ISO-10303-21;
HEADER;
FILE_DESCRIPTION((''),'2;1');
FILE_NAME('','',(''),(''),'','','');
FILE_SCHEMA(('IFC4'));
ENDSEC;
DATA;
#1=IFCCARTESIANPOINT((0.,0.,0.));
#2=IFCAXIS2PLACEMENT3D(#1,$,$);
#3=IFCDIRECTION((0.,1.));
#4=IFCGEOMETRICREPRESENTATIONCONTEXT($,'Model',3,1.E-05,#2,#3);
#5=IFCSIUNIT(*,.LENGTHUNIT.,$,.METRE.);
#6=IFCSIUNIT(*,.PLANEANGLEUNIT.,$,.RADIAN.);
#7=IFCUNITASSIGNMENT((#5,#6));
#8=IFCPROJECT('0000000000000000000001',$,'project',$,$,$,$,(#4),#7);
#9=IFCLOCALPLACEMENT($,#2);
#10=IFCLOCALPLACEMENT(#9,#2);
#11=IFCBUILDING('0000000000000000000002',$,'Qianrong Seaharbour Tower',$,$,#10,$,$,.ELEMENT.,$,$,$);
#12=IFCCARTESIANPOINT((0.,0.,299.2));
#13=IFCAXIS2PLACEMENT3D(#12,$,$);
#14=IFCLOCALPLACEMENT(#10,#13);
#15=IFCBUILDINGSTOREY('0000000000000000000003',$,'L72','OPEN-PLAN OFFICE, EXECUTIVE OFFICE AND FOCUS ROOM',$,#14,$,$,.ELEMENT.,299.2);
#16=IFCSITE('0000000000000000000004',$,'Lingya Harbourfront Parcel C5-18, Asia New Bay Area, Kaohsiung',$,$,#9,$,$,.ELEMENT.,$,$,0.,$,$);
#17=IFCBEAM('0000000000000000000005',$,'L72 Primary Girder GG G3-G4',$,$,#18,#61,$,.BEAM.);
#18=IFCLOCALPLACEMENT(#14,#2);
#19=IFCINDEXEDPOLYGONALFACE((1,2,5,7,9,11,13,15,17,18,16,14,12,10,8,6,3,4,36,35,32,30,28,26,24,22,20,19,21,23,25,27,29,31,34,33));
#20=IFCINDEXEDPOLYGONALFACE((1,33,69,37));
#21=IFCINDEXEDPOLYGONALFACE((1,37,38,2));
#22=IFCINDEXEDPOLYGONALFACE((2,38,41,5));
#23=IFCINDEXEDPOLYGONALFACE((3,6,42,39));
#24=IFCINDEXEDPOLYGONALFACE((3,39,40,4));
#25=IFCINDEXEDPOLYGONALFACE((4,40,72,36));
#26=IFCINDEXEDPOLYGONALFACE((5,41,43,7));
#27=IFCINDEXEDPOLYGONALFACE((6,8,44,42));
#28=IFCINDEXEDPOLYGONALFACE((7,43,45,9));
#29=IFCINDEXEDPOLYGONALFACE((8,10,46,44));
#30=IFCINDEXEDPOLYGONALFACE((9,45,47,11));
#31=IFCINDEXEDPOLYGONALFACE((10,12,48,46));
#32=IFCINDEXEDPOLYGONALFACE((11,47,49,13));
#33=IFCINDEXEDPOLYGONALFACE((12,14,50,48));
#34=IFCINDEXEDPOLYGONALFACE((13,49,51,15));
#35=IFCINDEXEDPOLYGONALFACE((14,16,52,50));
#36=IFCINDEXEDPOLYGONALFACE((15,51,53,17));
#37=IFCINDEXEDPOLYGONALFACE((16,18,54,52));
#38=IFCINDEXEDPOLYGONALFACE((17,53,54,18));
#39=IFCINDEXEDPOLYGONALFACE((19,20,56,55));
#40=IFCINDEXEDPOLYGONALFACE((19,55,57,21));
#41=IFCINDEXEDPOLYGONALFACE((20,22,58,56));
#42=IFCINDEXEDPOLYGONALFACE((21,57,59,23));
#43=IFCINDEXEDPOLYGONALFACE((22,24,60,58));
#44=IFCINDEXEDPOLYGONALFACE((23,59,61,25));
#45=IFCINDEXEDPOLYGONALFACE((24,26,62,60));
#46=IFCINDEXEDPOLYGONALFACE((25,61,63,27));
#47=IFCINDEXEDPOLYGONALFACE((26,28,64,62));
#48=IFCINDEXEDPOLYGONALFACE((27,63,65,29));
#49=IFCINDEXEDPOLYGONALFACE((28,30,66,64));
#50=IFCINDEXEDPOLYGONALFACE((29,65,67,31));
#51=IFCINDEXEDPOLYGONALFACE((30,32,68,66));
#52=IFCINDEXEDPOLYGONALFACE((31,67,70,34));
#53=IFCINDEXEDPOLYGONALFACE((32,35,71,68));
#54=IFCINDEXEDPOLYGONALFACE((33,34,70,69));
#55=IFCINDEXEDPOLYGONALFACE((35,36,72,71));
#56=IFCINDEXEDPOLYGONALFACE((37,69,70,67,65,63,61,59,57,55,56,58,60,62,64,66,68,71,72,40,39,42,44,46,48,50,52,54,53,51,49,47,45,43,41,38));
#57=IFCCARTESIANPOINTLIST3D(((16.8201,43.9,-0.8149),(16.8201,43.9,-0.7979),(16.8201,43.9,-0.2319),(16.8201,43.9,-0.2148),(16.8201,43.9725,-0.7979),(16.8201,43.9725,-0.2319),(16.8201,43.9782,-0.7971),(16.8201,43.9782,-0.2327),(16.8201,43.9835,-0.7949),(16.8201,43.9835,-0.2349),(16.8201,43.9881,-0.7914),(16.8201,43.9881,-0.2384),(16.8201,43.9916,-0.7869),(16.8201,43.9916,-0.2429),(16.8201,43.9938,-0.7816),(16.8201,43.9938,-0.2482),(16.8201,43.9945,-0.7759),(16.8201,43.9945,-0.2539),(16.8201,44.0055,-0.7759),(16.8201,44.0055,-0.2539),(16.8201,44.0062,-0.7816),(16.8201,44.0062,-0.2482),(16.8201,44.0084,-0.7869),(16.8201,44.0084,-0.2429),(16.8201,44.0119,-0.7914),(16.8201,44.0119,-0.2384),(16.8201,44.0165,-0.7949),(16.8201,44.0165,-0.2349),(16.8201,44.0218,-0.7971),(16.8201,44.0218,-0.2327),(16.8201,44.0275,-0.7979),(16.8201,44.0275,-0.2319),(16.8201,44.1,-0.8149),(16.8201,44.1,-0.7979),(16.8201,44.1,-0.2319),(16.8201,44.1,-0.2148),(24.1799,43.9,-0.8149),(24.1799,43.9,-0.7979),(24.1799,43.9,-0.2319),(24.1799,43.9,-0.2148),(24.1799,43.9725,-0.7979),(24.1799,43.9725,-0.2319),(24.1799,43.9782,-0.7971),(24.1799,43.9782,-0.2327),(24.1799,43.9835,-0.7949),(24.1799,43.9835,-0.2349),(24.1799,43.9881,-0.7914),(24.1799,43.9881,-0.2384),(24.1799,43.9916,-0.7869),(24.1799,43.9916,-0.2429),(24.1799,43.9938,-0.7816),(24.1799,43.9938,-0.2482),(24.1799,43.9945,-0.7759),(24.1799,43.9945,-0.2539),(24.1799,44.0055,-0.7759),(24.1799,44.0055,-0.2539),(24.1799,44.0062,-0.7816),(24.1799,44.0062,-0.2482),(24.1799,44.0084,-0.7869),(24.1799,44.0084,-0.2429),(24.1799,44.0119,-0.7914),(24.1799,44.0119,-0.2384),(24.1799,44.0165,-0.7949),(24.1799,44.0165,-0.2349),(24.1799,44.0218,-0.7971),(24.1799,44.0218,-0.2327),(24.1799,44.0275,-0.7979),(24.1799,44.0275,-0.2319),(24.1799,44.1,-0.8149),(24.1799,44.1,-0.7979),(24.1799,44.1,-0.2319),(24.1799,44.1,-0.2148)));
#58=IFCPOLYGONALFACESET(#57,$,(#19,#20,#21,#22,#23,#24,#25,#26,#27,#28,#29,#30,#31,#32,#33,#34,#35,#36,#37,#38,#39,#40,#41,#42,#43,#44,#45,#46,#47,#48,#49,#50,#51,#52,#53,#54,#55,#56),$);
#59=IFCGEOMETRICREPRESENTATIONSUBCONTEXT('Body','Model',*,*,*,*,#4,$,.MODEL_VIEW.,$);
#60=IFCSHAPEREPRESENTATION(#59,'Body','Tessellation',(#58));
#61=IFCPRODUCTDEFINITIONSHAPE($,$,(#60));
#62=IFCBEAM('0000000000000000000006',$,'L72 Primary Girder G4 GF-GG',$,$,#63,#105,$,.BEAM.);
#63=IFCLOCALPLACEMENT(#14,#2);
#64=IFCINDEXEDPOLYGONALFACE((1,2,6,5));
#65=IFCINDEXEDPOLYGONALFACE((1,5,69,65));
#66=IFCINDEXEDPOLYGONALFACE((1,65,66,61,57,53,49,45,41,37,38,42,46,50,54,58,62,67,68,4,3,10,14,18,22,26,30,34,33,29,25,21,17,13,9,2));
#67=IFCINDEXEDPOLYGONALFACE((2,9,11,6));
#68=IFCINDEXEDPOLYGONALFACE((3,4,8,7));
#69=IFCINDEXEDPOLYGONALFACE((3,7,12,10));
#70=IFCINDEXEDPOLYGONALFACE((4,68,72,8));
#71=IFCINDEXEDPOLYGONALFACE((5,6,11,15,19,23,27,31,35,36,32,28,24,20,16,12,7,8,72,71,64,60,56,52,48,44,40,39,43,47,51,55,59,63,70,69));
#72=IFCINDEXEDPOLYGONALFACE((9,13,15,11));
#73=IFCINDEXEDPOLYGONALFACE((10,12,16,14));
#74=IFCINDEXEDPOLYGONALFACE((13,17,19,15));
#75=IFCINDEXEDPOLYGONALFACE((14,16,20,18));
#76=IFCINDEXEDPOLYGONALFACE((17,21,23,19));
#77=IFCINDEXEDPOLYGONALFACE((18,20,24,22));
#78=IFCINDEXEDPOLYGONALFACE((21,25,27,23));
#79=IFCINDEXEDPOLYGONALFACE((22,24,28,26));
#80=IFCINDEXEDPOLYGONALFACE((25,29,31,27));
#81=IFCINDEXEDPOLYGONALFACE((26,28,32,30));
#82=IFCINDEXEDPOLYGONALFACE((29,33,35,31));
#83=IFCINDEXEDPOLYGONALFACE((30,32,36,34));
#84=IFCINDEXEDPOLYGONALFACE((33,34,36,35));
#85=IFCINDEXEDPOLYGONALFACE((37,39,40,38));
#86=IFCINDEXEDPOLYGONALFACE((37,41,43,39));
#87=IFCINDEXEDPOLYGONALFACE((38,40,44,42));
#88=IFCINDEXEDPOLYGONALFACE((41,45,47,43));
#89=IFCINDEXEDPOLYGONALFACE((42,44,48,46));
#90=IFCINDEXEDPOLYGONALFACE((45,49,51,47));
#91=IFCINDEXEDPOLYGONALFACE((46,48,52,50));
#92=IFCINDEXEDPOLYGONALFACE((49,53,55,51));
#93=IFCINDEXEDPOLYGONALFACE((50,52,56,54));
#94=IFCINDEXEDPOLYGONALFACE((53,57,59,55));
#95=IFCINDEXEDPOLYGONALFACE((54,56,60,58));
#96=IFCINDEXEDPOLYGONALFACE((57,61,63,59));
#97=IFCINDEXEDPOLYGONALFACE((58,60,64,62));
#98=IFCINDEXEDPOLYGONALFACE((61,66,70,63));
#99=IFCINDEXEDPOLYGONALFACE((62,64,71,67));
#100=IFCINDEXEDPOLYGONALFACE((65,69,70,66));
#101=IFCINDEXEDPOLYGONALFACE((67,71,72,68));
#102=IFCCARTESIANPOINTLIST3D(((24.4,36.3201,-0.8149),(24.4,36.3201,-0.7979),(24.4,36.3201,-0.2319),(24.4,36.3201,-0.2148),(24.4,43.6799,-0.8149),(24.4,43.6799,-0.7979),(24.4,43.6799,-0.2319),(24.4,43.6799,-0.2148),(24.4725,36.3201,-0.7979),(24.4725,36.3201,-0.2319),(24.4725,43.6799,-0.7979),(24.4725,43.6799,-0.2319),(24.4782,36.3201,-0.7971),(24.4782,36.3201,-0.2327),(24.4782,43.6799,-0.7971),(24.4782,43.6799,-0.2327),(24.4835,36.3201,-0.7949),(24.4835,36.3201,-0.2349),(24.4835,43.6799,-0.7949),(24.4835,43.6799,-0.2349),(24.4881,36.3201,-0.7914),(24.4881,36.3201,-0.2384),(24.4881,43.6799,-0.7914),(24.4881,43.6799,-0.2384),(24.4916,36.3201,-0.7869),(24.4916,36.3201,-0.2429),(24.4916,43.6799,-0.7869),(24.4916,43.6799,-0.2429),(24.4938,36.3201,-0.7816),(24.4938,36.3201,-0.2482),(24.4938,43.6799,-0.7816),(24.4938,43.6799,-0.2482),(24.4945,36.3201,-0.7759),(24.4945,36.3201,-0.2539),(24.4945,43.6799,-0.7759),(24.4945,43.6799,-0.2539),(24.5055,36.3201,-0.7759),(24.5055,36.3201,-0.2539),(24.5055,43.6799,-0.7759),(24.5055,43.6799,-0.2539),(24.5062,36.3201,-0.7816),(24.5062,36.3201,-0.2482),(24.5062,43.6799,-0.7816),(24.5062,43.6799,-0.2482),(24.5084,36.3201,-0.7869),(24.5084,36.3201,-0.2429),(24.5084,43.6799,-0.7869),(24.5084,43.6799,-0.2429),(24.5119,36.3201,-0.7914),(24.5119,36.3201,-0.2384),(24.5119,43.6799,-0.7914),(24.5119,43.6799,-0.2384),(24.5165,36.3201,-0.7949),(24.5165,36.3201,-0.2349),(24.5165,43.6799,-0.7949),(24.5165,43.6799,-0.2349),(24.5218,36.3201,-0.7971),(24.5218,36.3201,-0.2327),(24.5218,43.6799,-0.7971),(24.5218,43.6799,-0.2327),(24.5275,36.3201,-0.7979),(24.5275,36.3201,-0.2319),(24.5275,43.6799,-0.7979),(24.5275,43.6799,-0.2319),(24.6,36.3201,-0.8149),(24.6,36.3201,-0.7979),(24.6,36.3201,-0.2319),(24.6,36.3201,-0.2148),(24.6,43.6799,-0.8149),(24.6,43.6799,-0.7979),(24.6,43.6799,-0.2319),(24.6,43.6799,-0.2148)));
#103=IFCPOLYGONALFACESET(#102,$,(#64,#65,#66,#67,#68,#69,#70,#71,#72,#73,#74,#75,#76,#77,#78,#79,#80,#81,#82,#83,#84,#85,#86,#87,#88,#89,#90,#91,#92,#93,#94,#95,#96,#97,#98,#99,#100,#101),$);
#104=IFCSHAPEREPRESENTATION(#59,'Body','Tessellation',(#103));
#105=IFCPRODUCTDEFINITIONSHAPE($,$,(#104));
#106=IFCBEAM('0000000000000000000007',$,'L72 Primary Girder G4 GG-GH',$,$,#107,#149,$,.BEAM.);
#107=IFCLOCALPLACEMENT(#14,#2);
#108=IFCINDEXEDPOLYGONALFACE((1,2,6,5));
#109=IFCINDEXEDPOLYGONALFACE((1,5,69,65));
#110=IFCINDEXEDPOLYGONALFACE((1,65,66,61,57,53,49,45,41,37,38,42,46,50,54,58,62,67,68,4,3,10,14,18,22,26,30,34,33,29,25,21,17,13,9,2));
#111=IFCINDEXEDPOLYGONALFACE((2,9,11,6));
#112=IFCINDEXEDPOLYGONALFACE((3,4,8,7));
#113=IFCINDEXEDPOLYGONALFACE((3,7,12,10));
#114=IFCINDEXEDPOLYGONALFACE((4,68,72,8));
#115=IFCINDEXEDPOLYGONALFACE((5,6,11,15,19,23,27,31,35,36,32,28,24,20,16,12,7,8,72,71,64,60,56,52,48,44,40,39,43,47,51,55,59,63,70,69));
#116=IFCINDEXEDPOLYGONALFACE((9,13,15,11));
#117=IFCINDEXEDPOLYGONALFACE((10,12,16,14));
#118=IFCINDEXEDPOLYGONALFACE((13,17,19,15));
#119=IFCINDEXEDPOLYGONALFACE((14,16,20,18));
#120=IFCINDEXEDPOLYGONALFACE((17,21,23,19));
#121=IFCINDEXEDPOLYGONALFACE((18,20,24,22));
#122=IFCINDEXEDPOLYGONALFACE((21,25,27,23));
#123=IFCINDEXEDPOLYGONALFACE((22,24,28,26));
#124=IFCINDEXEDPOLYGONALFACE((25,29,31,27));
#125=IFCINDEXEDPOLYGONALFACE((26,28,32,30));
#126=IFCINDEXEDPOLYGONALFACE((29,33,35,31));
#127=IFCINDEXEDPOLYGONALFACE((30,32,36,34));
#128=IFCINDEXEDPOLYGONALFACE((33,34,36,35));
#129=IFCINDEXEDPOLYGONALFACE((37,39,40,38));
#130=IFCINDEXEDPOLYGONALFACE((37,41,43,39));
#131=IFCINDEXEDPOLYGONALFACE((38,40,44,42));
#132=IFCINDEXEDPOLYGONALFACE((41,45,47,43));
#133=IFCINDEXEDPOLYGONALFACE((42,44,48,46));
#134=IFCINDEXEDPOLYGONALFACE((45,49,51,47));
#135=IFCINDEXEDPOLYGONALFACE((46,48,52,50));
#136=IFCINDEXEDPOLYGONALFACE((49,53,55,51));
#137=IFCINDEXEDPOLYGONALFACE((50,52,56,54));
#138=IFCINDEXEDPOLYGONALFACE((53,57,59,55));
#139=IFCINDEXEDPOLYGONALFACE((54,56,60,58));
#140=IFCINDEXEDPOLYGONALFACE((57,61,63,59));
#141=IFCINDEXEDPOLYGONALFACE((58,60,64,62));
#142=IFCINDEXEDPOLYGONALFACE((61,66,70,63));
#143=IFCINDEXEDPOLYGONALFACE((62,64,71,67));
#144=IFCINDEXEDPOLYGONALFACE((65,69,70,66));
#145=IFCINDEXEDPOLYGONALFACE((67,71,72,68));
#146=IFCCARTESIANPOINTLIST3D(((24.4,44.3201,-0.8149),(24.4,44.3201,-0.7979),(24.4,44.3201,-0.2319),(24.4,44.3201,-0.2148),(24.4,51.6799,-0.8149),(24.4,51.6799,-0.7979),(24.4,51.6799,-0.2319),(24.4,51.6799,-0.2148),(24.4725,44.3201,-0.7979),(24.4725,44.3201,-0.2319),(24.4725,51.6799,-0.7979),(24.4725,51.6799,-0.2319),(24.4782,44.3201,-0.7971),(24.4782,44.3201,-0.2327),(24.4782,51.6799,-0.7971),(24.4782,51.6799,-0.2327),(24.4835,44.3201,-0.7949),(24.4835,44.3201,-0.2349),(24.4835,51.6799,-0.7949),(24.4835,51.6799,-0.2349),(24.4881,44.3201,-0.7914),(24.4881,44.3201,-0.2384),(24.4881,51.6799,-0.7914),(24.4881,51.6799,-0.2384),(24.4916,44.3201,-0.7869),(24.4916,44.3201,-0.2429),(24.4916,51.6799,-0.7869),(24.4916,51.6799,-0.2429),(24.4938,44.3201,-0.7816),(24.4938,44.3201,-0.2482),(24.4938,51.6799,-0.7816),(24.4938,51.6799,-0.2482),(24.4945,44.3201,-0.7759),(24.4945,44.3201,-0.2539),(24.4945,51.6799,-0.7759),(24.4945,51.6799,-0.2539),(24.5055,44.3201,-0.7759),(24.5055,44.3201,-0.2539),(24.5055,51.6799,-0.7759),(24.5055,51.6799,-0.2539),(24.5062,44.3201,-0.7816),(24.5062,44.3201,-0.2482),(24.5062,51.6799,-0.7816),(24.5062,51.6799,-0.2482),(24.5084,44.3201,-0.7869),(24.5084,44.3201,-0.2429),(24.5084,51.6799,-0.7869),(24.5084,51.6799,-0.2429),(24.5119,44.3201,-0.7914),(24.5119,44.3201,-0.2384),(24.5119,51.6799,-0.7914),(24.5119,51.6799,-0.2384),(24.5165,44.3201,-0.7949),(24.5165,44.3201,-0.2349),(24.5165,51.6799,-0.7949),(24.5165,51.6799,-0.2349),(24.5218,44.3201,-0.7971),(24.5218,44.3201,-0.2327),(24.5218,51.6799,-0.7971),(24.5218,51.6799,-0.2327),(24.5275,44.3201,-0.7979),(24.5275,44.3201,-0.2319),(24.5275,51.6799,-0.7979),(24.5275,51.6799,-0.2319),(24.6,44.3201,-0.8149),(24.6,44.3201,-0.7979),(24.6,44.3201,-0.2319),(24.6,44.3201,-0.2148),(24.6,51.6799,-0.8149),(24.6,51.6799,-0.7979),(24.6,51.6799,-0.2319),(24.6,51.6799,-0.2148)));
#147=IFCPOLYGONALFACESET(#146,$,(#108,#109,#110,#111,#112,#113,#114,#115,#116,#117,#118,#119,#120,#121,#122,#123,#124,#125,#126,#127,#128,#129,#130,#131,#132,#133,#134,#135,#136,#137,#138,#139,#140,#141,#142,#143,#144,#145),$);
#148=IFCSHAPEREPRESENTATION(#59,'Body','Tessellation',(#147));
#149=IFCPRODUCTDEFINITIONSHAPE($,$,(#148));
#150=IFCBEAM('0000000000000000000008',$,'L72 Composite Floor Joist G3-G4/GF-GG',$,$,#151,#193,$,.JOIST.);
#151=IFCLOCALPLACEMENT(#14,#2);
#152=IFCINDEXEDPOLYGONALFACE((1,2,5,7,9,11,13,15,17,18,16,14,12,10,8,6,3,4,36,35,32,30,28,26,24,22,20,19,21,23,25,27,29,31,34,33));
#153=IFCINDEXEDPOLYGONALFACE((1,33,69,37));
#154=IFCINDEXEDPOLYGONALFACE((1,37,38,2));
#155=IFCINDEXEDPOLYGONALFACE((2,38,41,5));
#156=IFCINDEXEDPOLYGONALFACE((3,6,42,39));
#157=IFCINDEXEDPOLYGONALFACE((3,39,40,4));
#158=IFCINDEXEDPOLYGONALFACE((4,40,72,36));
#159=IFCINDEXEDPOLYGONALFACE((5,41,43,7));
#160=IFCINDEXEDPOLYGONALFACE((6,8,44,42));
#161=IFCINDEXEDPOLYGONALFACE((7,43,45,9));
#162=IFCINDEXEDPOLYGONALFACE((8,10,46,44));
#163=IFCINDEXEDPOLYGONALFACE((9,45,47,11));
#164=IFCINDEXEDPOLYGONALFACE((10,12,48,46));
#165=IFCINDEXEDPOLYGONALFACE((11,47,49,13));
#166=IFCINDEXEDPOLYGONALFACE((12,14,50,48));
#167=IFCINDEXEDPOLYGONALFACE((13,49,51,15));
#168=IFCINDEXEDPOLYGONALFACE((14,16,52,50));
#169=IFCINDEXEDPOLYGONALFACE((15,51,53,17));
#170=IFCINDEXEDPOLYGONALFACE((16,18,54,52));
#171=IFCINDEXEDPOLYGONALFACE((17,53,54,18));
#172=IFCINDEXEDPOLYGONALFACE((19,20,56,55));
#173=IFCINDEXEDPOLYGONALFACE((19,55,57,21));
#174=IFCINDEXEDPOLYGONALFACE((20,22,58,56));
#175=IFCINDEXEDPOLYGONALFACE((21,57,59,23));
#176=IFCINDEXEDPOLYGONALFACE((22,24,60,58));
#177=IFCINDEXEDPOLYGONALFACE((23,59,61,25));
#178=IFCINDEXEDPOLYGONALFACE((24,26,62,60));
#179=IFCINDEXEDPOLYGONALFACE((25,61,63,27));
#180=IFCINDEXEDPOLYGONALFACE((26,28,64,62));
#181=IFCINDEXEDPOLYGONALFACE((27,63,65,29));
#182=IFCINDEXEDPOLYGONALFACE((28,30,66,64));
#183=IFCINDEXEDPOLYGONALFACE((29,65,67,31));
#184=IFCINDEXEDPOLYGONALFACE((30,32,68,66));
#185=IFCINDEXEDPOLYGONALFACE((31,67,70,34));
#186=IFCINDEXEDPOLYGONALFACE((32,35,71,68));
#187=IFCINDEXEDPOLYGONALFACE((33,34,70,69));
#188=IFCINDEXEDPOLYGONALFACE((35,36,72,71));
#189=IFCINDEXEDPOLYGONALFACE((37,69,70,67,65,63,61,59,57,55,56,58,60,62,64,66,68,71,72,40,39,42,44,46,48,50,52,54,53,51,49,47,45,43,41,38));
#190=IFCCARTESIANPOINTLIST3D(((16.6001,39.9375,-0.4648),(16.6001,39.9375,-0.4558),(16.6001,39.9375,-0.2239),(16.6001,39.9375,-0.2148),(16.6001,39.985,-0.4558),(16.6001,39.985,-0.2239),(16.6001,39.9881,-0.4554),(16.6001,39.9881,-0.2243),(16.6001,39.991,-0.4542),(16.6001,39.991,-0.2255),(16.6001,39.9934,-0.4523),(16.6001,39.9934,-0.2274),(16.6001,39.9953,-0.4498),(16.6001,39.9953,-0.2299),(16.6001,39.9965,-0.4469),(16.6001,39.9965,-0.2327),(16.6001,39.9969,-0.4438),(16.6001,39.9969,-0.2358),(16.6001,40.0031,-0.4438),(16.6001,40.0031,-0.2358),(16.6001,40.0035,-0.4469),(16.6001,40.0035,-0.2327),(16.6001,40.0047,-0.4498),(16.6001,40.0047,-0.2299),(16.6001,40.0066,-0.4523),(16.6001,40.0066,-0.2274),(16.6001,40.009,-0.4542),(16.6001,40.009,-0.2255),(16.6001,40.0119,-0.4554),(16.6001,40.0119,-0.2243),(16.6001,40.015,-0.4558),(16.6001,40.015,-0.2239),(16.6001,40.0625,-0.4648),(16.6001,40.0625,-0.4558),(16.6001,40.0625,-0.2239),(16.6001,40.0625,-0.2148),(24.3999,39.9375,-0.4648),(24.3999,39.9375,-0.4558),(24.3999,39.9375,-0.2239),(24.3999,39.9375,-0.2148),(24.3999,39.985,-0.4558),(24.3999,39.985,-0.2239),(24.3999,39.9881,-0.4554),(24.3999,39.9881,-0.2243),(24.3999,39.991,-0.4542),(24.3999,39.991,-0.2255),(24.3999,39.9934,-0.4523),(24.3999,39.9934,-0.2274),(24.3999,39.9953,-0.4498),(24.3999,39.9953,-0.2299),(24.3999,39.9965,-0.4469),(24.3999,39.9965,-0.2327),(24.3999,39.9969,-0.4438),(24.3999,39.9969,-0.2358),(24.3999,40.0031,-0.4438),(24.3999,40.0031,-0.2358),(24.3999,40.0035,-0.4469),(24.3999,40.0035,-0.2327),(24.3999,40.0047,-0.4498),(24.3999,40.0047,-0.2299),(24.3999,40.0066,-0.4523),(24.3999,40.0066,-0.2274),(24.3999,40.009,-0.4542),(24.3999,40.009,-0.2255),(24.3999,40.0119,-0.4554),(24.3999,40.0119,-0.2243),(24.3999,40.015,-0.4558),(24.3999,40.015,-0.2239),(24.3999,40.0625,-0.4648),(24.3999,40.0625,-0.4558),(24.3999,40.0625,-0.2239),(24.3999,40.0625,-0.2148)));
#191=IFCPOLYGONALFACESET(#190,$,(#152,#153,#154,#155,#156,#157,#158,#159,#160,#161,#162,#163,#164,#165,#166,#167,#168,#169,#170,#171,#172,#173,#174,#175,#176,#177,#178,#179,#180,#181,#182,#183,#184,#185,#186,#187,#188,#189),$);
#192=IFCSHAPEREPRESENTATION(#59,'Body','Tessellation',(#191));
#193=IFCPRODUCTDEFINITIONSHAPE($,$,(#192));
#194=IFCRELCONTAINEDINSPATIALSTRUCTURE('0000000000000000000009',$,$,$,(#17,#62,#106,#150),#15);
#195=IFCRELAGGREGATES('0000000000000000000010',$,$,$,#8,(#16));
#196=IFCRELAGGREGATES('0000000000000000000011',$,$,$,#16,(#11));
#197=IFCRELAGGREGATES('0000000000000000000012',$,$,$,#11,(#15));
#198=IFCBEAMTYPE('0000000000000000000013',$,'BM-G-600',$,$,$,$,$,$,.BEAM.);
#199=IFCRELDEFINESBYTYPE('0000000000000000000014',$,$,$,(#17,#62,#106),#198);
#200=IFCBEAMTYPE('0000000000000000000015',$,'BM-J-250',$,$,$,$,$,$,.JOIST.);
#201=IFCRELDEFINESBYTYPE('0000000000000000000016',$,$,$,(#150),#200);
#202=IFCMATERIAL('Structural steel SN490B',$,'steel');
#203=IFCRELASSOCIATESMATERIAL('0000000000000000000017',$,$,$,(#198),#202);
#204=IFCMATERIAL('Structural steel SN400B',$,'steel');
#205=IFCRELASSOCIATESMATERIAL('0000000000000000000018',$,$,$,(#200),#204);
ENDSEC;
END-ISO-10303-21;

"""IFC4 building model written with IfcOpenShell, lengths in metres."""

from ifc_helpers import new_model, si_unit, direction, frame, origin, origin_2d, place, context, subcontext, project, spatial, i_section, extrude, material, material_profile, profile_set, type_object, element, save


model = new_model("IFC4")

# Units and contexts
model_context = context("Model", 3, precision=1e-05, world=origin(), true_north=direction((0.0, 1.0)))
body_context = subcontext(model_context, "Body", "Model", "MODEL_VIEW")
ifc_project = project(units=[si_unit("LENGTHUNIT", "METRE"), si_unit("PLANEANGLEUNIT", "RADIAN")], contexts=[model_context])

# Site, building, storey
site_placement = place(None, origin())
site = spatial("IfcSite", under=ifc_project, at=site_placement, Name="Lingya Harbourfront Parcel C5-18, Asia New Bay Area, Kaohsiung", CompositionType="ELEMENT", RefElevation=0.0)
building_placement = place(site_placement, origin())
building = spatial("IfcBuilding", under=site, at=building_placement, Name="Qianrong Seaharbour Tower", CompositionType="ELEMENT")
storey_placement = place(building_placement, frame((0.0, 0.0, 299.2)))
storey = spatial("IfcBuildingStorey", under=building, at=storey_placement, Name="L72", Description="OPEN-PLAN OFFICE, EXECUTIVE OFFICE AND FOCUS ROOM", CompositionType="ELEMENT", Elevation=299.2)

# Shared definitions
ifc_material_1 = material(Name="Structural steel SN490B", Category="steel")
ifc_material_2 = material(Name="Structural steel SN400B", Category="steel")

# Beams
ifc_material_profile_1 = material_profile(ifc_material_1, i_section(OverallWidth=0.2, OverallDepth=0.6001, WebThickness=0.011, FlangeThickness=0.0171, FilletRadius=0.022, at=origin_2d()), Name="H600x200x11x17")
ifc_profile_set_1 = profile_set([ifc_material_profile_1], Name="Structural steel SN490B")
beam_type_1 = type_object("IfcBeamType", Name="BM-G-600", PredefinedType="BEAM", material=ifc_profile_set_1)
for number, where, z_axis, x_axis, name in (
    (1, (16.8201, 44.0, -0.5149), (1.0, 0.0, 0.0), (0.0, 1.0, 0.0), "L72 Primary Girder GG G3-G4"),
    (2, (24.5, 36.3201, -0.5149), (0.0, 1.0, 0.0), (-1.0, 0.0, 0.0), "L72 Primary Girder G4 GF-GG"),
    (3, (24.5, 44.3201, -0.5149), (0.0, 1.0, 0.0), (-1.0, 0.0, 0.0), "L72 Primary Girder G4 GG-GH"),
):
    element("IfcBeam", number, at=place(storey_placement, frame(where, z_axis=z_axis, x_axis=x_axis)), inside=storey, type_object=beam_type_1, Name=name, PredefinedType="BEAM", context=body_context, shape_type="SweptSolid", body=[
        extrude(i_section(OverallWidth=0.2, OverallDepth=0.6001, WebThickness=0.011, FlangeThickness=0.0171, FilletRadius=0.022, at=origin_2d()), origin(), (0.0, 0.0, 1.0), 7.3599),
    ])
ifc_material_profile_2 = material_profile(ifc_material_2, i_section(OverallWidth=0.125, OverallDepth=0.25, WebThickness=0.0061, FlangeThickness=0.009, FilletRadius=0.012, at=origin_2d()), Name="H250x125x6x9")
ifc_profile_set_2 = profile_set([ifc_material_profile_2], Name="Structural steel SN400B")
beam_type_2 = type_object("IfcBeamType", Name="BM-J-250", PredefinedType="JOIST", material=ifc_profile_set_2)
beam_1_placement = place(storey_placement, frame((16.6001, 40.0, -0.3398), z_axis=(1.0, 0.0, 0.0), x_axis=(0.0, 1.0, 0.0)))
element("IfcBeam", 4, at=beam_1_placement, inside=storey, type_object=beam_type_2, Name="L72 Composite Floor Joist G3-G4/GF-GG", PredefinedType="JOIST", context=body_context, shape_type="SweptSolid", body=[
    extrude(i_section(OverallWidth=0.125, OverallDepth=0.25, WebThickness=0.0061, FlangeThickness=0.009, FilletRadius=0.012, at=origin_2d()), origin(), (0.0, 0.0, 1.0), 7.7998),
])

save(model, "model.ifc")
